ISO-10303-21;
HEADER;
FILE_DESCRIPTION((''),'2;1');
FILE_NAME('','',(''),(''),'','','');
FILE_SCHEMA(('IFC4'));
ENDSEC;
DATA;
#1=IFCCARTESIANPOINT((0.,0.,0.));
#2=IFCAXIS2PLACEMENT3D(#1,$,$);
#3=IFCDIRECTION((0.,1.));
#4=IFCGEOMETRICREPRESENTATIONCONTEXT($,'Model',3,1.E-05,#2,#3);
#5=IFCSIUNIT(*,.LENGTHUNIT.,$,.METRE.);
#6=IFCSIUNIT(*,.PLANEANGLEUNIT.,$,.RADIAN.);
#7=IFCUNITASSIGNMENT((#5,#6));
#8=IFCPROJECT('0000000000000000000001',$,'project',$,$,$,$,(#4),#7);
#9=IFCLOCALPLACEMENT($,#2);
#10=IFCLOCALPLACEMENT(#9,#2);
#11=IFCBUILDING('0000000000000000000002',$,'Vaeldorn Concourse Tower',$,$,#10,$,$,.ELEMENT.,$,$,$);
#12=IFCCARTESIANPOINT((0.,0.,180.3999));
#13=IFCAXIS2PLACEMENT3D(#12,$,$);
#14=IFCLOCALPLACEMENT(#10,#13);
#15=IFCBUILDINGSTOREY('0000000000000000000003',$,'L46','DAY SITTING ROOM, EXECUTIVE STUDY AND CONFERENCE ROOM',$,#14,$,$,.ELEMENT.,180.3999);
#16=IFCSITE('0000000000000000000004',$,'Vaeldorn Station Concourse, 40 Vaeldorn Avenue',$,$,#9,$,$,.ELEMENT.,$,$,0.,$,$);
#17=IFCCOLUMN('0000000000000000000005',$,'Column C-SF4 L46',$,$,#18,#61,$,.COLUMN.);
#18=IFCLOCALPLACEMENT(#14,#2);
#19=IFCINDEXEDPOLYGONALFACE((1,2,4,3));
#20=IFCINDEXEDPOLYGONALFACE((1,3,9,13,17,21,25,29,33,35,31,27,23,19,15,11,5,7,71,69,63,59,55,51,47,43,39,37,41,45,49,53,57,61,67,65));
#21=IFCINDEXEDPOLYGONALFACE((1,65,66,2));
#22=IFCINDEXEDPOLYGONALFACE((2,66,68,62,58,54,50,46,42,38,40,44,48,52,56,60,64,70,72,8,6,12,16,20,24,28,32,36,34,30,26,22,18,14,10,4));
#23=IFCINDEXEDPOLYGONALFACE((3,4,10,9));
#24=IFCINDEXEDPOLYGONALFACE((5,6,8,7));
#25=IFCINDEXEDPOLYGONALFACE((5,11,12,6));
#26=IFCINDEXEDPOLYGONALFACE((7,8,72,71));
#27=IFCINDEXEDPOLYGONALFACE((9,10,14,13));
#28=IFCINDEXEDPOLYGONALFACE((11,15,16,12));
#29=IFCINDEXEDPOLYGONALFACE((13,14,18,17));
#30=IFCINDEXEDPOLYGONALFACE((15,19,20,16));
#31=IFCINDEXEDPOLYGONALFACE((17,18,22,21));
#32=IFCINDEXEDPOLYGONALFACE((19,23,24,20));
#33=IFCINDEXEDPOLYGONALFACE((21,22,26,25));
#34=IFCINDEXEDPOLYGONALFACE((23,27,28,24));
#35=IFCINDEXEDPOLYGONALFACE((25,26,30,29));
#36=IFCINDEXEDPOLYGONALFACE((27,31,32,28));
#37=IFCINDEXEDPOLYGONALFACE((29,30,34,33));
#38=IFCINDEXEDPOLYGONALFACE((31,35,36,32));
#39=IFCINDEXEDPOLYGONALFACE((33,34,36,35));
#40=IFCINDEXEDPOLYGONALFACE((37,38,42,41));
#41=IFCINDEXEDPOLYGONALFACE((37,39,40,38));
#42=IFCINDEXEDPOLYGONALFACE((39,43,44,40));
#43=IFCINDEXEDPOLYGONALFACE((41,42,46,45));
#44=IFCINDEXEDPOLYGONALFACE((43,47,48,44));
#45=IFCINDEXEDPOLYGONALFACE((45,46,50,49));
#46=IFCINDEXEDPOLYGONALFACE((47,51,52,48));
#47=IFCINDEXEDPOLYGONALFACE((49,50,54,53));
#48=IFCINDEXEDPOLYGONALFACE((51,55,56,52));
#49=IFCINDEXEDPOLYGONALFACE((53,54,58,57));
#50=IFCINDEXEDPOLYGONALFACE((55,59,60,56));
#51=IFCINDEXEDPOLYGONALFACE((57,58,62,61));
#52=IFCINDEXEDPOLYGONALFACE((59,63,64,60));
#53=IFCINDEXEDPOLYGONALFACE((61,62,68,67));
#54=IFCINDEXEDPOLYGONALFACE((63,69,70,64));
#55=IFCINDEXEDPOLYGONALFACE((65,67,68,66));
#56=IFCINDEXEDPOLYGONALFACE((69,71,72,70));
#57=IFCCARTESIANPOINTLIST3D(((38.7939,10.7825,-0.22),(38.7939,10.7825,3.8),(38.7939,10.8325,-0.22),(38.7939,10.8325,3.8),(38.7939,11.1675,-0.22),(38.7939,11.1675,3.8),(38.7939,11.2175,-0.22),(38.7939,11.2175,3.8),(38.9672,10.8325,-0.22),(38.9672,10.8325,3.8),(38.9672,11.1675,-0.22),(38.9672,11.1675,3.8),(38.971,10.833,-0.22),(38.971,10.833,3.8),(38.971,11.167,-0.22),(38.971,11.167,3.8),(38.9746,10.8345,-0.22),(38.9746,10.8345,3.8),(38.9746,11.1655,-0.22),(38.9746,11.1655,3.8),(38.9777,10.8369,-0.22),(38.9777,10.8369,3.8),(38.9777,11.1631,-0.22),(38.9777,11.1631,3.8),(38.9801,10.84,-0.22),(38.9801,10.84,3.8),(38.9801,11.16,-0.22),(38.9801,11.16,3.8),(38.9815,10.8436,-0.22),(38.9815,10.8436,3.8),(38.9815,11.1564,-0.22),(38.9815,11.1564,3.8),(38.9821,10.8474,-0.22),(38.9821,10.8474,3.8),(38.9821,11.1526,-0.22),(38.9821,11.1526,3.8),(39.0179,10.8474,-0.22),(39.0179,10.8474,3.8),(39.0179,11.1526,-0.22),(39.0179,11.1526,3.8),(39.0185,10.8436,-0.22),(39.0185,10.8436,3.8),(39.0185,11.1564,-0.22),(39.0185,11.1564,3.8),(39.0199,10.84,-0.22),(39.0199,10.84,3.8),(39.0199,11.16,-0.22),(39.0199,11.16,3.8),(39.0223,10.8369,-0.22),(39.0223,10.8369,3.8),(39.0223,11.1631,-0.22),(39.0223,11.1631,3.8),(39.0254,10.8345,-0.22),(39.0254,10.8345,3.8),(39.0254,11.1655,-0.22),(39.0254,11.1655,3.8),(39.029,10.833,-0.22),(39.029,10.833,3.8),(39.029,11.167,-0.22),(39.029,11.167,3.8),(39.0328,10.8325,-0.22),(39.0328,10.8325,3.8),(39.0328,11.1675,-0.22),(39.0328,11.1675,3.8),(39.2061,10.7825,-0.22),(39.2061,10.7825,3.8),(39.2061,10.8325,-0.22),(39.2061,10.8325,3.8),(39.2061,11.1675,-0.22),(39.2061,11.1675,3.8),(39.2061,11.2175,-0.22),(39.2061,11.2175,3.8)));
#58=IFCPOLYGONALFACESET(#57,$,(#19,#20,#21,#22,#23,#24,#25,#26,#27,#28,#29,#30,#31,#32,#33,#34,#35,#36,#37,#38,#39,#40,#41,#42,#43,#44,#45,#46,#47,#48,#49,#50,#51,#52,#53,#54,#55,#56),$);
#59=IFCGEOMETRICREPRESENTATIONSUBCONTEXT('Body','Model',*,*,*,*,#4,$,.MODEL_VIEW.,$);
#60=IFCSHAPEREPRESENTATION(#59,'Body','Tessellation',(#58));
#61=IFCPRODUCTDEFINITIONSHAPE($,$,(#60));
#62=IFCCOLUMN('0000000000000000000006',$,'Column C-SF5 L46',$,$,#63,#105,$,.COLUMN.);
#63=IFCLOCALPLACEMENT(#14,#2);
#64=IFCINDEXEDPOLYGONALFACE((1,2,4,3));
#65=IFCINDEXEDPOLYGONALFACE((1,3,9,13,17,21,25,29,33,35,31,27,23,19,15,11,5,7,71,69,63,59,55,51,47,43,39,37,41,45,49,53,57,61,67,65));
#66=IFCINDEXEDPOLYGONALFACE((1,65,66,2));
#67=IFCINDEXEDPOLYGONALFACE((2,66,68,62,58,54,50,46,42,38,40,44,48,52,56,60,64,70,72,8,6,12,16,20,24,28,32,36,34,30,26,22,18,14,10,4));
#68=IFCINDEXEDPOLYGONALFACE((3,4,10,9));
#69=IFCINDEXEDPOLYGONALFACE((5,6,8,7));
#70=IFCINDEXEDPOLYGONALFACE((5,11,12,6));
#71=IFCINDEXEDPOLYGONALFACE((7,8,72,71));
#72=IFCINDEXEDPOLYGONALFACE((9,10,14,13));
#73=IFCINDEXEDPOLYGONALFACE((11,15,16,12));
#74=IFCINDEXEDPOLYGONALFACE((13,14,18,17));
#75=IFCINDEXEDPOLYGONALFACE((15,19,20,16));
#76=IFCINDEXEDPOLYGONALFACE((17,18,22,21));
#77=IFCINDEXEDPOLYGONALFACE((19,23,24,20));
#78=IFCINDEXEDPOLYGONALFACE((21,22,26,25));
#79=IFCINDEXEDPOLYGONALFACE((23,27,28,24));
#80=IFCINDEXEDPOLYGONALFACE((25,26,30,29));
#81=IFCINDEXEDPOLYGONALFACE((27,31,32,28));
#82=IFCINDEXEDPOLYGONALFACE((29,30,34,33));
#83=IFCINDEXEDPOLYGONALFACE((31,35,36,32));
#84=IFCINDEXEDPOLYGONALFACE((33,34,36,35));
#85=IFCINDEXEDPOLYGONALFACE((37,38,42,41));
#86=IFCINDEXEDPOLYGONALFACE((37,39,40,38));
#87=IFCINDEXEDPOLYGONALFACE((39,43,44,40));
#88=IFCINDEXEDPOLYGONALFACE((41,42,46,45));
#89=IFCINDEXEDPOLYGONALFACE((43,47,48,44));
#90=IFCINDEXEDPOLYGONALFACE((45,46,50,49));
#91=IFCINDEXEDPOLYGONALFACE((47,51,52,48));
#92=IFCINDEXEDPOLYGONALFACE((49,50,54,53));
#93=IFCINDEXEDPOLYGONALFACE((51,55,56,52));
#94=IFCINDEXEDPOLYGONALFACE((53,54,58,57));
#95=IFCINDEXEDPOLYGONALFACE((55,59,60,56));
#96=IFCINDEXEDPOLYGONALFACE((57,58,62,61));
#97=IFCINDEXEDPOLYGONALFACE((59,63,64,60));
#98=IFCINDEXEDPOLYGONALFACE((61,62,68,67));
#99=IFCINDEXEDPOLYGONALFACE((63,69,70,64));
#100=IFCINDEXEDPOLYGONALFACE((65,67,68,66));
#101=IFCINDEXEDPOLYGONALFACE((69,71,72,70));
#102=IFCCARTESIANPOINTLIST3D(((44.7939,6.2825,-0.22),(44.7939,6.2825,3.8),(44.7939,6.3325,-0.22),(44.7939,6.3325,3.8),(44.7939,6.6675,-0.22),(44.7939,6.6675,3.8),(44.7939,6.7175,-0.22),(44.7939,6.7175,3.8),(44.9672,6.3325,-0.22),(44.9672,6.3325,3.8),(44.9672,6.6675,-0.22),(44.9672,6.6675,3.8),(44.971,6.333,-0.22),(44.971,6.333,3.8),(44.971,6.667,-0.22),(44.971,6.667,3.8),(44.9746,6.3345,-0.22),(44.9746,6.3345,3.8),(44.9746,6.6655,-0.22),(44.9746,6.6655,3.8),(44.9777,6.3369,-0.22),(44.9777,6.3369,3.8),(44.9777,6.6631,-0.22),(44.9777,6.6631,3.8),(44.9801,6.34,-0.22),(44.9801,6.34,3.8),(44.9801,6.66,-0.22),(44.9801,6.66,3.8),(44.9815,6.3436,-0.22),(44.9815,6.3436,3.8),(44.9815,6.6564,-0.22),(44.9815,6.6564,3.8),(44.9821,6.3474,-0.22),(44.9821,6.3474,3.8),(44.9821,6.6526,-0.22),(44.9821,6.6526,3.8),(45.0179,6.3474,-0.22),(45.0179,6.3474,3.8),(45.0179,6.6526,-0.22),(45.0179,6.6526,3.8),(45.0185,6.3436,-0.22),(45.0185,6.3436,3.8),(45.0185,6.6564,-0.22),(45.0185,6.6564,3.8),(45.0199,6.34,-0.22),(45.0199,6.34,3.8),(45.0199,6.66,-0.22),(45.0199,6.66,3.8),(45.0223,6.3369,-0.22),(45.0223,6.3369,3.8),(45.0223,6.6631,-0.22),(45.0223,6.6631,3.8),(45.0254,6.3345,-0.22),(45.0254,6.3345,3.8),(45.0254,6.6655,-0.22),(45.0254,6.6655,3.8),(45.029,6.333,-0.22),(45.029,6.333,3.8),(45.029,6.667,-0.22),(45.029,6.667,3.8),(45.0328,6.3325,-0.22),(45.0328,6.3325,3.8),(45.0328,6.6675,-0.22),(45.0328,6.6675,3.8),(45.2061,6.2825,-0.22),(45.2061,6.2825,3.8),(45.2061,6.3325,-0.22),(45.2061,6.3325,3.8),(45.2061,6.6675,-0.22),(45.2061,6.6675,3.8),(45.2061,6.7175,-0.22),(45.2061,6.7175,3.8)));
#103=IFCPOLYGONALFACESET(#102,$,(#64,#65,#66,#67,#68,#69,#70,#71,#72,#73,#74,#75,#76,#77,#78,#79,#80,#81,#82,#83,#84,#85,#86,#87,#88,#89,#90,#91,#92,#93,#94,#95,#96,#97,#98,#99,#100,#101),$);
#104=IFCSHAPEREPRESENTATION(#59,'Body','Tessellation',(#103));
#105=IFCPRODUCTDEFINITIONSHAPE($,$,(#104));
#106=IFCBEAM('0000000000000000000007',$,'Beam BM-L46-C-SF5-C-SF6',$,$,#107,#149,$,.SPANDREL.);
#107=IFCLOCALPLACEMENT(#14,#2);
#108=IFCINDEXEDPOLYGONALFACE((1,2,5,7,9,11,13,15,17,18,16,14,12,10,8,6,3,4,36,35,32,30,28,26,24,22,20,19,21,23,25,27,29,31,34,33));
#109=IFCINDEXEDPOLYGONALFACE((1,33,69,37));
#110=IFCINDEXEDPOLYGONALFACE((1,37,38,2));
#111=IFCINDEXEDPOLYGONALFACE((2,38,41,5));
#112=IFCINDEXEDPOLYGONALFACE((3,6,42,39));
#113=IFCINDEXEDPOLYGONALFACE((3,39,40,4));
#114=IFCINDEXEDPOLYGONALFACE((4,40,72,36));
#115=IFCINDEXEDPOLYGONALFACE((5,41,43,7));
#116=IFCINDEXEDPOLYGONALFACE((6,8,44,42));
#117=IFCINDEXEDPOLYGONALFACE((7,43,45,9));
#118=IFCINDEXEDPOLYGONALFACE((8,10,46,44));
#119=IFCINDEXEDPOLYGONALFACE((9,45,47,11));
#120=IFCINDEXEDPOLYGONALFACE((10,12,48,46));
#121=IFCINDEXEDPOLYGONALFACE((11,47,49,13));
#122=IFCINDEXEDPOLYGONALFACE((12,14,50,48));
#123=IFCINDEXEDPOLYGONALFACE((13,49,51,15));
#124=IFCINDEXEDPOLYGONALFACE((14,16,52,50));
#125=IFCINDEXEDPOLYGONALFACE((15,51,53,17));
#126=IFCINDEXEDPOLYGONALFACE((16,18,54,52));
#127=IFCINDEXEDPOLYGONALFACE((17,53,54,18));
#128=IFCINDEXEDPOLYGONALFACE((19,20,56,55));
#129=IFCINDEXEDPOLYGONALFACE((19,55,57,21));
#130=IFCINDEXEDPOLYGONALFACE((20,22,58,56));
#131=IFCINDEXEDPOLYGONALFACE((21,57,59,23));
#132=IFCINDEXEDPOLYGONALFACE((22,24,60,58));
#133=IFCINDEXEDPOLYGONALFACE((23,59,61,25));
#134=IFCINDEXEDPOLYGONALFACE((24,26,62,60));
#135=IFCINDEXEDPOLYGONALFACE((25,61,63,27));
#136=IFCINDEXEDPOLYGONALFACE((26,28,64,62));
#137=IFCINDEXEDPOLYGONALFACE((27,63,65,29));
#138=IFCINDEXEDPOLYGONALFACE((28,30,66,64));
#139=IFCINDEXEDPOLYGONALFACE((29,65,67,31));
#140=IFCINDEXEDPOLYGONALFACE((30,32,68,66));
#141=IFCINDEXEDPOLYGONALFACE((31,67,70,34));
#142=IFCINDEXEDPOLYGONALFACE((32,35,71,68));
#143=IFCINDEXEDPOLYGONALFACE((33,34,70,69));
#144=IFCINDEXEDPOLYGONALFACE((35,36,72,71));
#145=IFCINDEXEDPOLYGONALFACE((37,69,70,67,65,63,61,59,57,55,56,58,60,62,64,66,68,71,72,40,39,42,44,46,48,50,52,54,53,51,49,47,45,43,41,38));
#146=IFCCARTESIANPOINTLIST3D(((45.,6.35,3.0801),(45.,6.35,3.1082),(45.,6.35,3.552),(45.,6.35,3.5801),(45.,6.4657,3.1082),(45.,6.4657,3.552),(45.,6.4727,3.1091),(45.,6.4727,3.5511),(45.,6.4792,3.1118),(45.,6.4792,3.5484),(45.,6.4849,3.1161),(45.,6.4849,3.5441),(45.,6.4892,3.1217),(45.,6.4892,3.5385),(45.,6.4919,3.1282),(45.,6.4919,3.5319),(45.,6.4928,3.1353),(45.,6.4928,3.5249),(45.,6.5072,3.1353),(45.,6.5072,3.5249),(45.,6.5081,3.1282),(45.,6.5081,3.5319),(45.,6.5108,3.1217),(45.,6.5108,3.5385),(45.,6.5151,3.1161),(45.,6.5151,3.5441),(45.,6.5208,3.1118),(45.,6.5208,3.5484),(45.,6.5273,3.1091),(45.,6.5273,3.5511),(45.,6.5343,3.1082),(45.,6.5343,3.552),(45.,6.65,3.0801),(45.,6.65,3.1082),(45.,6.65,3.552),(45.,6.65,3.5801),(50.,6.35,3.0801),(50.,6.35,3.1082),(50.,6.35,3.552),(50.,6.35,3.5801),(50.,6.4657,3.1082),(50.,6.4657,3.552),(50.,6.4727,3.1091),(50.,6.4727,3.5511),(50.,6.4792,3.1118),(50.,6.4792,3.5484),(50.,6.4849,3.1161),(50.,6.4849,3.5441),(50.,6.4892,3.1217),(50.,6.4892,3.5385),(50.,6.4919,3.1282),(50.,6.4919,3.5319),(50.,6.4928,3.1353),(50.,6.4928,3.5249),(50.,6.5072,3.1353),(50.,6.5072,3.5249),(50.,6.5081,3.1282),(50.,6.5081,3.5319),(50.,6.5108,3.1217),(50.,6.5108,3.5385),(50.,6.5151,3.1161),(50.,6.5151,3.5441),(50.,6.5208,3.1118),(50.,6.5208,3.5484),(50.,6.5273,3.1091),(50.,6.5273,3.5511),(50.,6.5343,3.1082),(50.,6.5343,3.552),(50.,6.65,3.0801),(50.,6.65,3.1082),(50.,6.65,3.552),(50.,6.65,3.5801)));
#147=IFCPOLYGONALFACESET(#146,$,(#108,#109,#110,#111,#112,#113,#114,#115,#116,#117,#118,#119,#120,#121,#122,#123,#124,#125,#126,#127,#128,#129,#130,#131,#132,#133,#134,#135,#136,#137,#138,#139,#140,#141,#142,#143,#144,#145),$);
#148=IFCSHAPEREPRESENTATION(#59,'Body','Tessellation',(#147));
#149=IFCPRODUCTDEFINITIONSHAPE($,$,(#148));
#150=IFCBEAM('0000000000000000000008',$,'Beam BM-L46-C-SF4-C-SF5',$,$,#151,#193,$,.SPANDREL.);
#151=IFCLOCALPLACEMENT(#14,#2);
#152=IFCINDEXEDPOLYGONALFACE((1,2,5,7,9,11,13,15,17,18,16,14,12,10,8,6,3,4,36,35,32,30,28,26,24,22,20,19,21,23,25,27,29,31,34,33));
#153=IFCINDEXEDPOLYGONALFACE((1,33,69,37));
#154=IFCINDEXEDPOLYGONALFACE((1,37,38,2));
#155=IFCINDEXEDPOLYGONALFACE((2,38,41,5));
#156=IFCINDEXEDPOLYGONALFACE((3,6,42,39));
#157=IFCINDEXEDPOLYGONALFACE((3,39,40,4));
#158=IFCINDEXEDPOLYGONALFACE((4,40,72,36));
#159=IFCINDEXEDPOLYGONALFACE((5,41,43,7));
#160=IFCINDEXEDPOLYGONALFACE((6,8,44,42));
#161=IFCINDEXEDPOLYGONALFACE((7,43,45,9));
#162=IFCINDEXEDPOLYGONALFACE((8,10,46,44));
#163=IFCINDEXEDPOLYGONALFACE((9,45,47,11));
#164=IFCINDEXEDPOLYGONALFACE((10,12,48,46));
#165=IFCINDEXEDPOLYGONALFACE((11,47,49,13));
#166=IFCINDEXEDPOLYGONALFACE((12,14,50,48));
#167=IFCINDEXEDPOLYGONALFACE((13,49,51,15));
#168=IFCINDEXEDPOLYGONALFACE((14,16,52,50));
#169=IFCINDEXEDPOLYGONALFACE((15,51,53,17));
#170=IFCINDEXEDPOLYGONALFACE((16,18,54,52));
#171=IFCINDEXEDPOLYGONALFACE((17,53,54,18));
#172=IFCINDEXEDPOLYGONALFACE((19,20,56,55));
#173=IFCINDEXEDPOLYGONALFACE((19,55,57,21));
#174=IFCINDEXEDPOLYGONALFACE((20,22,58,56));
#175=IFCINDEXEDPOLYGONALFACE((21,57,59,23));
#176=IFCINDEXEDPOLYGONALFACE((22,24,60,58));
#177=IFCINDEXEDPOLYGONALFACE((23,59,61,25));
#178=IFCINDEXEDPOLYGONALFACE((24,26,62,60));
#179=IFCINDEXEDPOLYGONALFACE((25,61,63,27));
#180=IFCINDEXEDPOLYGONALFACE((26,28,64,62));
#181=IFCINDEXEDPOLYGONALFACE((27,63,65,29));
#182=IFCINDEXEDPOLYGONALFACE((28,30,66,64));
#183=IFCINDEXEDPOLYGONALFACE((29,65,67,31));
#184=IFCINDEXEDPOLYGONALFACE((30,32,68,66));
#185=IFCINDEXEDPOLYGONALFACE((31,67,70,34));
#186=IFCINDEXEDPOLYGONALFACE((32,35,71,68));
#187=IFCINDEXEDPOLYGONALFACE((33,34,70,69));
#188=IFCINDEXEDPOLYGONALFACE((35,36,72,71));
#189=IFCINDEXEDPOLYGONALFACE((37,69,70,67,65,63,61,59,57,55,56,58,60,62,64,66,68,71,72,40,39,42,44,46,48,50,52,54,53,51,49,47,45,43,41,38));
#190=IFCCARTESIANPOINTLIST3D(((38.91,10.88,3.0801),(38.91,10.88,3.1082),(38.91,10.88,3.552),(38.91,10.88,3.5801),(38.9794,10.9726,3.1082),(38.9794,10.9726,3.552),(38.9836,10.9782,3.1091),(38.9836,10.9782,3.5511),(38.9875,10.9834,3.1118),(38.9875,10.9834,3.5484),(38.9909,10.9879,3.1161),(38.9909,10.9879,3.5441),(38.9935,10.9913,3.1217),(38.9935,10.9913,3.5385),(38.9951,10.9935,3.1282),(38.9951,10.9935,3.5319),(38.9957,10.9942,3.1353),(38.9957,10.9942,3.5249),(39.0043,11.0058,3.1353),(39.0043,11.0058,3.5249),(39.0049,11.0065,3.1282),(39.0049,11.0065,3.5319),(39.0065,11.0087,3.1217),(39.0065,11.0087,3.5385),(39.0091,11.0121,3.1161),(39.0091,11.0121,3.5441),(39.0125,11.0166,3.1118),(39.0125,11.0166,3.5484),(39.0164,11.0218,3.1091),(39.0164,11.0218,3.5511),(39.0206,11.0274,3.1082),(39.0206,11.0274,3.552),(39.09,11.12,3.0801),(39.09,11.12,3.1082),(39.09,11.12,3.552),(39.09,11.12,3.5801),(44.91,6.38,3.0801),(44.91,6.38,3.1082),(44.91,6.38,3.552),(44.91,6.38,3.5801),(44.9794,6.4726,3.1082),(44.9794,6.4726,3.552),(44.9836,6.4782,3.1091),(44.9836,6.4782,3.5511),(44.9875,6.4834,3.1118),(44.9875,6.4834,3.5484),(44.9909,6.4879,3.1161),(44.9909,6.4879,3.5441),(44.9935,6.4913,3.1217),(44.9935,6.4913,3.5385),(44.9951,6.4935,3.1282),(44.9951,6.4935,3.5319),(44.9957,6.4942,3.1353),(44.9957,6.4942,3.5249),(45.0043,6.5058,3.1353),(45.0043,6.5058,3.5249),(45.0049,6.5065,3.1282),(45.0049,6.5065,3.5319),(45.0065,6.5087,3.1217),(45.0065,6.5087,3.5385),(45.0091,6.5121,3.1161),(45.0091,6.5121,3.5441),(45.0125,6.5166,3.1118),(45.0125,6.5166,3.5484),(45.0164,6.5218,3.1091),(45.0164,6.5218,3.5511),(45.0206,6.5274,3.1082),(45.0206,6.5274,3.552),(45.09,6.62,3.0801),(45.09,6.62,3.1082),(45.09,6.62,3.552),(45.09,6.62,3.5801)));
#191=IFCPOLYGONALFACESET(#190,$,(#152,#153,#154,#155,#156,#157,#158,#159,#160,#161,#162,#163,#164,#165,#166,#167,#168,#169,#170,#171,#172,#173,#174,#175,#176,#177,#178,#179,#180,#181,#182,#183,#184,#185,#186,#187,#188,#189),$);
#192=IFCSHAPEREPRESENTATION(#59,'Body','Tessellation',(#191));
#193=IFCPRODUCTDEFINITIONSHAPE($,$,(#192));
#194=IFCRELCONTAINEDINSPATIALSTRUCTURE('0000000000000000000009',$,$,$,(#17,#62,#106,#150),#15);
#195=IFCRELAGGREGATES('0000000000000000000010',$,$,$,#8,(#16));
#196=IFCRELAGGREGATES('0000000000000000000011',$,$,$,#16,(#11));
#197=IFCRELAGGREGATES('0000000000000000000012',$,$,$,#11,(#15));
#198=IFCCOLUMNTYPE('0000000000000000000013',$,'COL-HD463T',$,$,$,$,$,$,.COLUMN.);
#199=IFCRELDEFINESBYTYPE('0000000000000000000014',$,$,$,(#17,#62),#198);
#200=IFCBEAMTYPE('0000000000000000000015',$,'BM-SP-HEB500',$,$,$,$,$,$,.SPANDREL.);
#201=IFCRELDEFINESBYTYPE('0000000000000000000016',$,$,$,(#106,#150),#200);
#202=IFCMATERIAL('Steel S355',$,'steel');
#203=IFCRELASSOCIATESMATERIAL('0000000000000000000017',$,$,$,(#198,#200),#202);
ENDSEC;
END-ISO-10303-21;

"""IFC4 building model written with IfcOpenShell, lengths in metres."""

from ifc_helpers import new_model, si_unit, direction, frame, origin, origin_2d, place, context, subcontext, project, spatial, i_section, extrude, source, transform, mapped, material, material_profile, profile_set, type_object, element, save


model = new_model("IFC4")

# Units and contexts
model_context = context("Model", 3, precision=1e-05, world=origin(), true_north=direction((0.0, 1.0)))
body_context = subcontext(model_context, "Body", "Model", "MODEL_VIEW")
ifc_project = project(units=[si_unit("LENGTHUNIT", "METRE"), si_unit("PLANEANGLEUNIT", "RADIAN")], contexts=[model_context])

# Site, building, storey
site_placement = place(None, origin())
site = spatial("IfcSite", under=ifc_project, at=site_placement, Name="Vaeldorn Station Concourse, 40 Vaeldorn Avenue", CompositionType="ELEMENT", RefElevation=0.0)
building_placement = place(site_placement, origin())
building = spatial("IfcBuilding", under=site, at=building_placement, Name="Vaeldorn Concourse Tower", CompositionType="ELEMENT")
storey_placement = place(building_placement, frame((0.0, 0.0, 180.3999)))
storey = spatial("IfcBuildingStorey", under=building, at=storey_placement, Name="L46", Description="DAY SITTING ROOM, EXECUTIVE STUDY AND CONFERENCE ROOM", CompositionType="ELEMENT", Elevation=180.3999)

# Columns
ifc_material_1 = material(Name="Steel S355", Category="steel")
ifc_material_profile_1 = material_profile(ifc_material_1, i_section(OverallWidth=0.4121, OverallDepth=0.4351, WebThickness=0.0359, FlangeThickness=0.05, FilletRadius=0.0149, at=origin_2d()), Name="HD 400x463")
ifc_profile_set_1 = profile_set([ifc_material_profile_1], Name="Steel S355")
column_type = type_object("IfcColumnType", Name="COL-HD463T", PredefinedType="COLUMN", material=ifc_profile_set_1)
shared_shape_1 = source(origin(), body_context, "Body", "SweptSolid", [
    extrude(i_section(OverallWidth=0.4121, OverallDepth=0.4351, WebThickness=0.0359, FlangeThickness=0.05, FilletRadius=0.0149, at=origin_2d()), origin(), (0.0, 0.0, 1.0), 4.02),
])
for number, where, z_axis, x_axis, name in (
    (1, (39.0, 11.0, -0.22), (0.0, 0.0, 1.0), (1.0, 0.0, 0.0), "Column C-SF4 L46"),
    (2, (45.0, 6.5, -0.22), (0.0, 0.0, 1.0), (1.0, 0.0, 0.0), "Column C-SF5 L46"),
):
    element("IfcColumn", number, at=place(storey_placement, frame(where, z_axis=z_axis, x_axis=x_axis)), inside=storey, type_object=column_type, Name=name, PredefinedType="COLUMN", context=body_context, shape_type="MappedRepresentation", body=[
        mapped(shared_shape_1, transform((0.0, 0.0, 0.0), scale=1.0)),
    ])

# Beams
ifc_material_profile_2 = material_profile(ifc_material_1, i_section(OverallWidth=0.3, OverallDepth=0.5, WebThickness=0.0144, FlangeThickness=0.0281, FilletRadius=0.0271, at=origin_2d()), Name="HEB 500")
ifc_profile_set_2 = profile_set([ifc_material_profile_2], Name="Steel S355")
beam_type_1 = type_object("IfcBeamType", Name="BM-SP-HEB500", PredefinedType="SPANDREL", material=ifc_profile_set_2)
shared_shape_2 = source(origin(), body_context, "Body", "SweptSolid", [
    extrude(i_section(OverallWidth=0.3, OverallDepth=0.5, WebThickness=0.0144, FlangeThickness=0.0281, FilletRadius=0.0271, at=origin_2d()), origin(), (0.0, 0.0, 1.0), 5.0),
])
beam_1_placement = place(storey_placement, frame((45.0, 6.5, 3.3301), z_axis=(1.0, 0.0, 0.0), x_axis=(0.0, 1.0, 0.0)))
element("IfcBeam", 3, at=beam_1_placement, inside=storey, type_object=beam_type_1, Name="Beam BM-L46-C-SF5-C-SF6", PredefinedType="SPANDREL", context=body_context, shape_type="MappedRepresentation", body=[
    mapped(shared_shape_2, transform((0.0, 0.0, 0.0), scale=1.0)),
])
shared_shape_3 = source(origin(), body_context, "Body", "SweptSolid", [
    extrude(i_section(OverallWidth=0.3, OverallDepth=0.5, WebThickness=0.0144, FlangeThickness=0.0281, FilletRadius=0.0271, at=origin_2d()), origin(), (0.0, 0.0, 1.0), 7.5),
])
beam_2_placement = place(storey_placement, frame((39.0, 11.0, 3.3301), z_axis=(0.8, -0.6, 0.0), x_axis=(0.6, 0.8, 0.0)))
element("IfcBeam", 4, at=beam_2_placement, inside=storey, type_object=beam_type_1, Name="Beam BM-L46-C-SF4-C-SF5", PredefinedType="SPANDREL", context=body_context, shape_type="MappedRepresentation", body=[
    mapped(shared_shape_3, transform((0.0, 0.0, 0.0), scale=1.0)),
])

save(model, "model.ifc")
